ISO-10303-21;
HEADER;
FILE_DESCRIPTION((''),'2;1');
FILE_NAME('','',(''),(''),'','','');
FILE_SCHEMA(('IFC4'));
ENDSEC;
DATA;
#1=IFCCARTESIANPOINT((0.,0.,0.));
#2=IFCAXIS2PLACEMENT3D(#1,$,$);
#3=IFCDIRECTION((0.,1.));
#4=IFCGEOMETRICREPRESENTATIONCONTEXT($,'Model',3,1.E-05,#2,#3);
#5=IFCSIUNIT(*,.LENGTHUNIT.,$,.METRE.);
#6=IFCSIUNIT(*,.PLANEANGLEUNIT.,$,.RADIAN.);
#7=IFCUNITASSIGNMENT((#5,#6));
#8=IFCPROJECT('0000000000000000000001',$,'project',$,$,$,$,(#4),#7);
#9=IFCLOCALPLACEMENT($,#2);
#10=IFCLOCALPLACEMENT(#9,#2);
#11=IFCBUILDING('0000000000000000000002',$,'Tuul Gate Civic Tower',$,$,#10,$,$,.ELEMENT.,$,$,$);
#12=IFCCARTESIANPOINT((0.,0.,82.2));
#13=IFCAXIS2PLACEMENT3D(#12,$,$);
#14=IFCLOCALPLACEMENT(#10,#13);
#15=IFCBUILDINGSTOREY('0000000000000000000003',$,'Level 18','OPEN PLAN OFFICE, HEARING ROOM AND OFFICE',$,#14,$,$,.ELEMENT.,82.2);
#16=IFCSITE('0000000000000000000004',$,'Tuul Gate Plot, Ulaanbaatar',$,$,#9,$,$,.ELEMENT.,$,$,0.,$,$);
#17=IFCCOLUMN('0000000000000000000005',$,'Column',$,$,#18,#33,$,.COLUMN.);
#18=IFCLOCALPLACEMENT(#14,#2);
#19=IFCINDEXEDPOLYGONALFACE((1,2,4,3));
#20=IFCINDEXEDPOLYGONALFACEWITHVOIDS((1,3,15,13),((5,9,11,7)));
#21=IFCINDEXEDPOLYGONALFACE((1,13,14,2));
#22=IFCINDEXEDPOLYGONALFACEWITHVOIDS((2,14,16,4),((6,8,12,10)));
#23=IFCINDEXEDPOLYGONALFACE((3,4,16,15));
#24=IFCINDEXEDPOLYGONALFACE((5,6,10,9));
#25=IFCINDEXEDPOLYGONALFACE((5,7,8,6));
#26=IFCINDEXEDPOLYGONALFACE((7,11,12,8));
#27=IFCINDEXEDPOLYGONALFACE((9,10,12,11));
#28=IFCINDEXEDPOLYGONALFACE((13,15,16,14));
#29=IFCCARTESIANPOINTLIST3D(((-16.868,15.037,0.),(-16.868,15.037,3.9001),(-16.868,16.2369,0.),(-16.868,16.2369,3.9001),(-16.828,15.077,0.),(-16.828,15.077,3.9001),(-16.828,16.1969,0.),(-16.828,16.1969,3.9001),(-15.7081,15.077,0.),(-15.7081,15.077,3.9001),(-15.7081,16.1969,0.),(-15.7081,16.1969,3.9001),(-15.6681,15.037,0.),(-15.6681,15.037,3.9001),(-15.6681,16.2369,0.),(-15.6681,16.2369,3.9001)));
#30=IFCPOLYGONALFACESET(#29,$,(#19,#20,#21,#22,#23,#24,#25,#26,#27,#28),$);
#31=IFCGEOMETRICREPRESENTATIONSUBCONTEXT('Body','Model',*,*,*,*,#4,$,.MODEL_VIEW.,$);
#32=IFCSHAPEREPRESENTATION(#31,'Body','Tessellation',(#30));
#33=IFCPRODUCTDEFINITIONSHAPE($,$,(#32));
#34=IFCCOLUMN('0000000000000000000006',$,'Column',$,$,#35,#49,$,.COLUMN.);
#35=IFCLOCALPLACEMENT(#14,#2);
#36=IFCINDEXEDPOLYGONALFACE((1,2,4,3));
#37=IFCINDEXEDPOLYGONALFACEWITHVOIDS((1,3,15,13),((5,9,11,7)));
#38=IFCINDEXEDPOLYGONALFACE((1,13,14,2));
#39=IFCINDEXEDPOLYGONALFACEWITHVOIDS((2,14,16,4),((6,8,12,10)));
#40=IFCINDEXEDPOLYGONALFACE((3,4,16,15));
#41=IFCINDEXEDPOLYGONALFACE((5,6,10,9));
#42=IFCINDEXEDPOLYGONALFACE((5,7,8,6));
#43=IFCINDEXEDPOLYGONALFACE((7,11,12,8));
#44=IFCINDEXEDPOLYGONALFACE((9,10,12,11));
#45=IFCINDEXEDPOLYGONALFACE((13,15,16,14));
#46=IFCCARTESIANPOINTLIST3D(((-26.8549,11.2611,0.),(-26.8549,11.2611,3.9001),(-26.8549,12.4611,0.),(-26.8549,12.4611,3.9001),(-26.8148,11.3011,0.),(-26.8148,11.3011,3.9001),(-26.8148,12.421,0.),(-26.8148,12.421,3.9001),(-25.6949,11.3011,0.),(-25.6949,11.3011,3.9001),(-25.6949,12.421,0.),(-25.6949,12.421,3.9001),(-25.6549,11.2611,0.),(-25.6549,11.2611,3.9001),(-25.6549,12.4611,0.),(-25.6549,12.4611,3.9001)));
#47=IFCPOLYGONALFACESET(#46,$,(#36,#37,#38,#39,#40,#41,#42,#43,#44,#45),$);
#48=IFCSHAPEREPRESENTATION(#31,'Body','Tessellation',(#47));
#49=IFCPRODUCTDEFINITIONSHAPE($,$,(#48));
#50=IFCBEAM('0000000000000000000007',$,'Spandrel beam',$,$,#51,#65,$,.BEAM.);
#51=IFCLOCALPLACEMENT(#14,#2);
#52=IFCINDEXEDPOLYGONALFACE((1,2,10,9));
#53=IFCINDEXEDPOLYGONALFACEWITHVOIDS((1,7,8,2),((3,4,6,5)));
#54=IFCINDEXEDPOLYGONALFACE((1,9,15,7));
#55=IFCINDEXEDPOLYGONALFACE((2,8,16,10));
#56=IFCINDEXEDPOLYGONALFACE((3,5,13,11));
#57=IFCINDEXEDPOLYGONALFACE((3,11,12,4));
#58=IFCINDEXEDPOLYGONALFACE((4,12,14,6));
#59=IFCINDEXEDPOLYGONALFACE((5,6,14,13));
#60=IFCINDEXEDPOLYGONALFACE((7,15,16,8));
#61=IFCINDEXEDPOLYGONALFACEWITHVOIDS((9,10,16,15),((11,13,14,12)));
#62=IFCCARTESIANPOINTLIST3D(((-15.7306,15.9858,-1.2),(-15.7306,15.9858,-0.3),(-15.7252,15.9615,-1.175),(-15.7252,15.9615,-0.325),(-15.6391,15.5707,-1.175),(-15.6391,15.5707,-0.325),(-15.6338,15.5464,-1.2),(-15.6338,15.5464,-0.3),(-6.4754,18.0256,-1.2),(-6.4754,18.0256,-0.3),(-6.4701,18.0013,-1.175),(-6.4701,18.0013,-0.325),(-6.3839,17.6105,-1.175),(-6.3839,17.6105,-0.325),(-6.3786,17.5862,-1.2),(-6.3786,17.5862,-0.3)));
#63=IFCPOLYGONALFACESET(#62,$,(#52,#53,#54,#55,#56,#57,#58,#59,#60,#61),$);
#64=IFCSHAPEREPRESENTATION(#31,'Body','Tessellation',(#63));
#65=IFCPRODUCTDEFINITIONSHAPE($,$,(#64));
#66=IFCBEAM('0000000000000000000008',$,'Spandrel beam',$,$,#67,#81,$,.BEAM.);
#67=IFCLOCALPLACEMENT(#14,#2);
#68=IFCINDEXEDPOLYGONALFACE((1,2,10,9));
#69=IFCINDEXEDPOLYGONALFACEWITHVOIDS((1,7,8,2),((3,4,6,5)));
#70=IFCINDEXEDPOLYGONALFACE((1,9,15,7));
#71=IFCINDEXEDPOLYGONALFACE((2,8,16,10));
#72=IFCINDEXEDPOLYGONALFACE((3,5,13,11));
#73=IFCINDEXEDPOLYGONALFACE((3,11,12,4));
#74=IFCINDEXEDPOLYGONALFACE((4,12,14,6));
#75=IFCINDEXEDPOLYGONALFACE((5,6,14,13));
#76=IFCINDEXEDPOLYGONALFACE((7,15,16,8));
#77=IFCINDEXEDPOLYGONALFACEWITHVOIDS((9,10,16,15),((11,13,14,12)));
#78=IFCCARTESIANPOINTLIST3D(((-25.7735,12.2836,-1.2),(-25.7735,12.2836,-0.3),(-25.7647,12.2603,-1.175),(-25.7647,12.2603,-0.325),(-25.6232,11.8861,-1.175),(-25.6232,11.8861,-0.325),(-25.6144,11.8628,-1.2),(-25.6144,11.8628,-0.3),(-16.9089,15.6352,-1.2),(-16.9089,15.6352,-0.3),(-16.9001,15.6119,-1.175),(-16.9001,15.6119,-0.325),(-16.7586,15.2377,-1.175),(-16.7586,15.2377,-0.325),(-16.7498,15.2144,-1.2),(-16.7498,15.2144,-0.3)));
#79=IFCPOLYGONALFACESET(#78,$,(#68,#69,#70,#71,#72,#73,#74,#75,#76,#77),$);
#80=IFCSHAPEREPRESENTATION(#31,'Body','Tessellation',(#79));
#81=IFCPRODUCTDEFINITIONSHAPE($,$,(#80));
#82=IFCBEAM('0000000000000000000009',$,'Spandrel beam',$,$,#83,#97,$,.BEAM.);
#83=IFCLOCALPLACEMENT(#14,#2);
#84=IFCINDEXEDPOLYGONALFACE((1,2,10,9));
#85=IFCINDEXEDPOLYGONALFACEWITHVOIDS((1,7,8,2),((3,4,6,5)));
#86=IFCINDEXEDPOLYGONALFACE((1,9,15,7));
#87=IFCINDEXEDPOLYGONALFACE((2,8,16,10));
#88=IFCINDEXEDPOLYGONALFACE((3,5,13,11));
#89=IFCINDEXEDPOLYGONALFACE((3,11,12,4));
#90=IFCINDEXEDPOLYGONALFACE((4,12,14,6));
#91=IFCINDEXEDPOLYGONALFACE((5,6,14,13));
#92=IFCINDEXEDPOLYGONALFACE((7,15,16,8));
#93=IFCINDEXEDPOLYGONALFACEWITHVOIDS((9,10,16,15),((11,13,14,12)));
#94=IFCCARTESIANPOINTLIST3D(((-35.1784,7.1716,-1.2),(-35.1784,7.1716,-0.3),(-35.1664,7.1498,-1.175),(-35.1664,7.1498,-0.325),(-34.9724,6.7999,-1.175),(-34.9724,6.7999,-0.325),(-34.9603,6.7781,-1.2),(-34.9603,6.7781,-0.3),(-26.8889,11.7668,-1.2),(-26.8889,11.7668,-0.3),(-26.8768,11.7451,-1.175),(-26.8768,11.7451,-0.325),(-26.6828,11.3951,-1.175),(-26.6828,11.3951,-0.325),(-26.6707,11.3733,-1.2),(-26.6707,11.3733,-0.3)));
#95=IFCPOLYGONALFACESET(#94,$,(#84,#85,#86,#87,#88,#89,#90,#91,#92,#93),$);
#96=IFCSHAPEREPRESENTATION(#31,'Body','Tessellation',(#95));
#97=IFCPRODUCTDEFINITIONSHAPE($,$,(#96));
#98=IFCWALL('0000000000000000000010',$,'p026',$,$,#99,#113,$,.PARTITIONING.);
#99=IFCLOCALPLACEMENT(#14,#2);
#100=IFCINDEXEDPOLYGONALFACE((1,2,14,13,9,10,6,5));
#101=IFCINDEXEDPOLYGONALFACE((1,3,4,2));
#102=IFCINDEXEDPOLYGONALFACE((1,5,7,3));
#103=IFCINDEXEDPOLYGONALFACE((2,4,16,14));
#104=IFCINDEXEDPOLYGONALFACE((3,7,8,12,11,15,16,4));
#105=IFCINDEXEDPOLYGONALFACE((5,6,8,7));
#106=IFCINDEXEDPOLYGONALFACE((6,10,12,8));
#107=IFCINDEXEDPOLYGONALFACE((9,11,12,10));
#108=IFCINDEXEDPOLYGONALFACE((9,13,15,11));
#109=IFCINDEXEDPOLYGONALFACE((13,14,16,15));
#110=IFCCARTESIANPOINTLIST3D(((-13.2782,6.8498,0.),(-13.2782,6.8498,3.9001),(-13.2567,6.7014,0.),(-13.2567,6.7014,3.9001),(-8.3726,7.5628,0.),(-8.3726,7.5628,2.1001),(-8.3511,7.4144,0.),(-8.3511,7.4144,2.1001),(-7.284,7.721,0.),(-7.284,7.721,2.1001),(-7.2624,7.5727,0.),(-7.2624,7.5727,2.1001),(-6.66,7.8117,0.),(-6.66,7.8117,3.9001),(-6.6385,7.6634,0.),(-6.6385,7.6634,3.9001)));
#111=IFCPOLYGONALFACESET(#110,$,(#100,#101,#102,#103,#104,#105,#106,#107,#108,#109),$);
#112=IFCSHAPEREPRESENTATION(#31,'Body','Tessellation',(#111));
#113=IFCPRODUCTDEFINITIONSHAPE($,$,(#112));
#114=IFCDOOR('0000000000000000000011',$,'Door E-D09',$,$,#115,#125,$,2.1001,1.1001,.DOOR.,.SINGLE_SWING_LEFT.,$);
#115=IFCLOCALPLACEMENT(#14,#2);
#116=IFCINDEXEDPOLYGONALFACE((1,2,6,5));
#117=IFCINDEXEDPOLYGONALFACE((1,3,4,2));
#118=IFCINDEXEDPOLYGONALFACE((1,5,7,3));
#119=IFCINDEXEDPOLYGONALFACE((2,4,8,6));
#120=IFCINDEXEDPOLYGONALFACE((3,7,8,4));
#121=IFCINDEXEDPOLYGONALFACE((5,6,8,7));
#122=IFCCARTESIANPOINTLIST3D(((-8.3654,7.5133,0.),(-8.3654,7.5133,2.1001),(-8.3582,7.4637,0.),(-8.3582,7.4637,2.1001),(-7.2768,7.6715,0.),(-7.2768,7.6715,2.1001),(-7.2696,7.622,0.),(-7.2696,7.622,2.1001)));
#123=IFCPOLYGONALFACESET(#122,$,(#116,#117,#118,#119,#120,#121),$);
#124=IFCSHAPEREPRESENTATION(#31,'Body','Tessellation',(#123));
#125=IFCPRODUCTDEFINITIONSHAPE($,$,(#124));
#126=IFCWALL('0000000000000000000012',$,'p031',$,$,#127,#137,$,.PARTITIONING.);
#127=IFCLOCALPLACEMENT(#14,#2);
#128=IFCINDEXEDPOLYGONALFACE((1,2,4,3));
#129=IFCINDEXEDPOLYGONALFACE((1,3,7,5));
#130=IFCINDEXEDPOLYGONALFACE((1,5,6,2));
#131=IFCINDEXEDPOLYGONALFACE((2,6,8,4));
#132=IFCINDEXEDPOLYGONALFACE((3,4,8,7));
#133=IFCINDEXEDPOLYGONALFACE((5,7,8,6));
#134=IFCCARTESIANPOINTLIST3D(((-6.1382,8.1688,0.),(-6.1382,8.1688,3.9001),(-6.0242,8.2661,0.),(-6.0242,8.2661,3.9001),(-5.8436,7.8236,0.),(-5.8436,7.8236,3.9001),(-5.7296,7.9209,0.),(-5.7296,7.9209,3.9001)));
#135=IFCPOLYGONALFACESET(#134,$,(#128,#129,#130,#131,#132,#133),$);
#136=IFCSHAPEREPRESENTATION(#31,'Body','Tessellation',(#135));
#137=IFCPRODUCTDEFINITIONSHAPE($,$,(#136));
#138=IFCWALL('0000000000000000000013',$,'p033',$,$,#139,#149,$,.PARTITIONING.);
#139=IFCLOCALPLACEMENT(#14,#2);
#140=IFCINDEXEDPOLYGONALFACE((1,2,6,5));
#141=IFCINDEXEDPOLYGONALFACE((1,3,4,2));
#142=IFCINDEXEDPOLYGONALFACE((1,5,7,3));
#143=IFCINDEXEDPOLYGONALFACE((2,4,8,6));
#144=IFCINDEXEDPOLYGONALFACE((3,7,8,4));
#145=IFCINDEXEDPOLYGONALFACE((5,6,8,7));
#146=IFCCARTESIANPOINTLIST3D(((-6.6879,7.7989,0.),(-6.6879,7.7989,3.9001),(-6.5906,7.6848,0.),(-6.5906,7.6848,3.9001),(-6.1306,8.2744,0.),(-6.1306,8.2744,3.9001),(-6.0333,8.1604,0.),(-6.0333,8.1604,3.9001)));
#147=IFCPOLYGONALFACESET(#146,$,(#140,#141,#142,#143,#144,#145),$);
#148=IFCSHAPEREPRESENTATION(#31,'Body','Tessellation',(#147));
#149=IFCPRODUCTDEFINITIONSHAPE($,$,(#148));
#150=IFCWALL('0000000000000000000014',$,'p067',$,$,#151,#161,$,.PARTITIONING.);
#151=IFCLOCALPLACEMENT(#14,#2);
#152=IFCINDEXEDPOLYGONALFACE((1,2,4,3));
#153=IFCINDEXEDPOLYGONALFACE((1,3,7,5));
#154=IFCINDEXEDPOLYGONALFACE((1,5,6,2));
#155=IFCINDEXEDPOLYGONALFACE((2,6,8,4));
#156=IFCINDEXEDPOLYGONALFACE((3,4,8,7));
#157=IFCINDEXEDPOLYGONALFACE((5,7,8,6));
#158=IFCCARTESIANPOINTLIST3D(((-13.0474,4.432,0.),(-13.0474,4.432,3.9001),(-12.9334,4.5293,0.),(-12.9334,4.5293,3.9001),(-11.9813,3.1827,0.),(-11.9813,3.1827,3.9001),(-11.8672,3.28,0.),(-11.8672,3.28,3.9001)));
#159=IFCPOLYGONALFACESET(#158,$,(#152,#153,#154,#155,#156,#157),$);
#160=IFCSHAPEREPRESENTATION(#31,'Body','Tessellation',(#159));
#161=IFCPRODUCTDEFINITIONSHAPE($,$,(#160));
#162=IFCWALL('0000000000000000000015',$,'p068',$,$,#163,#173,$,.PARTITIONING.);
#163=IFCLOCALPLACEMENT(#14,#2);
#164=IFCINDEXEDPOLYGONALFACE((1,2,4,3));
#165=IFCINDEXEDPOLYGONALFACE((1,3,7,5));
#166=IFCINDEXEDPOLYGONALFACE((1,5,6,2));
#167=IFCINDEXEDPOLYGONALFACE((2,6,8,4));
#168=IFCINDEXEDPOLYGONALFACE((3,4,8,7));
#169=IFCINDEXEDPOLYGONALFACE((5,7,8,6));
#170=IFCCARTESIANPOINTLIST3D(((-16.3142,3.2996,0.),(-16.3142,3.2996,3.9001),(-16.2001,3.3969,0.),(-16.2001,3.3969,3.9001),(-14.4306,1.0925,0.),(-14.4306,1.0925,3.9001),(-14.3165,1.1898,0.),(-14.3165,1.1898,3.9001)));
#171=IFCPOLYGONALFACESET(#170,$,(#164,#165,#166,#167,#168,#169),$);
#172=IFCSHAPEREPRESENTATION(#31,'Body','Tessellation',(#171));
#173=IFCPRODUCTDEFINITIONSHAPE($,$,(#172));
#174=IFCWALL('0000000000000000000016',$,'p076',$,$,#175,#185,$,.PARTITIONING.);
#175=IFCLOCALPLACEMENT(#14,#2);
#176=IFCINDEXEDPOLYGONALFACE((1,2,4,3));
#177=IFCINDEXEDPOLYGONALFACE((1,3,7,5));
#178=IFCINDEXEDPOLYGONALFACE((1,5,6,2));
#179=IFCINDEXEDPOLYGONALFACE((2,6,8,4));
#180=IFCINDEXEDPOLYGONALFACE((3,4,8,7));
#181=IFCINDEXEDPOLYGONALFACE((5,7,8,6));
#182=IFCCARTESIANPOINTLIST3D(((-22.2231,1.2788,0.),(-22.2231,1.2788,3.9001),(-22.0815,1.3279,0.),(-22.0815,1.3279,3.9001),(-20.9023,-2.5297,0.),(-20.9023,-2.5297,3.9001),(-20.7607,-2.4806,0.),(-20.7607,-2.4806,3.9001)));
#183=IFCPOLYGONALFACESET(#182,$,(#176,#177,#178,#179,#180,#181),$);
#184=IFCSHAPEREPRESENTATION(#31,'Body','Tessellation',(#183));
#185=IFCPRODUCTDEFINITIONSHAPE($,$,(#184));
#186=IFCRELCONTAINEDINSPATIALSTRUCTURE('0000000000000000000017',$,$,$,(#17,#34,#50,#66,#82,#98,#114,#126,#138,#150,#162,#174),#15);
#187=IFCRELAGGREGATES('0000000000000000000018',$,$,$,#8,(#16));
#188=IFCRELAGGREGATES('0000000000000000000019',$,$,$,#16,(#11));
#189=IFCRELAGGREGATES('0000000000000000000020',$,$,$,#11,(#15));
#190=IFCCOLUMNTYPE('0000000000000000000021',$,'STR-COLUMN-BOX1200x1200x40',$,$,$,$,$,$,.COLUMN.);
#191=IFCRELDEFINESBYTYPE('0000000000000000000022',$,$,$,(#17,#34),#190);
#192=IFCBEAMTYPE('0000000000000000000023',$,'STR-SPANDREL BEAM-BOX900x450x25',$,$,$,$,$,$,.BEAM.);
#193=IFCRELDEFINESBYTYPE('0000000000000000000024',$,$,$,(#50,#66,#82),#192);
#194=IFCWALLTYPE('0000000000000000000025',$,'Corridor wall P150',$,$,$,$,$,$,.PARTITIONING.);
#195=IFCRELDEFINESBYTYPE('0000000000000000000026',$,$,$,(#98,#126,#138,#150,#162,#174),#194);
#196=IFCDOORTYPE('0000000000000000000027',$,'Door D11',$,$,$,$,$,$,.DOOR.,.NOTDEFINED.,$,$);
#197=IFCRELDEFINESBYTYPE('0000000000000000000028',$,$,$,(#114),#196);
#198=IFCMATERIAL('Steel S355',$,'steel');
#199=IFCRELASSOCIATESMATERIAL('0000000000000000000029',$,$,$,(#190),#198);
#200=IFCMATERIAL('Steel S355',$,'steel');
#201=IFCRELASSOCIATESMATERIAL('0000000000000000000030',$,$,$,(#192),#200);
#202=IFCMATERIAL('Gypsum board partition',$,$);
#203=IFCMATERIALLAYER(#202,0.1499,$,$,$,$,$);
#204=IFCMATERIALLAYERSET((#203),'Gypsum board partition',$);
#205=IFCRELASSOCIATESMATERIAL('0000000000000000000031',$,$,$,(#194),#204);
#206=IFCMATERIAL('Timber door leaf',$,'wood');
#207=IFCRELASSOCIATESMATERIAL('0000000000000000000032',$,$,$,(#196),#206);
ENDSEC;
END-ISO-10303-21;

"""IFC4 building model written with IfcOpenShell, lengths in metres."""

from ifc_helpers import new_model, si_unit, direction, frame, frame_2d, origin, origin_2d, place, context, subcontext, project, spatial, rectangle, hollow_rectangle, extrude, material, layer, layer_set, material_profile, profile_set, type_object, element, fill, save


model = new_model("IFC4")

# Units and contexts
model_context = context("Model", 3, precision=1e-05, world=origin(), true_north=direction((0.0, 1.0)))
body_context = subcontext(model_context, "Body", "Model", "MODEL_VIEW")
ifc_project = project(units=[si_unit("LENGTHUNIT", "METRE"), si_unit("PLANEANGLEUNIT", "RADIAN")], contexts=[model_context])

# Site, building, storey
site_placement = place(None, origin())
site = spatial("IfcSite", under=ifc_project, at=site_placement, Name="Tuul Gate Plot, Ulaanbaatar", CompositionType="ELEMENT", RefElevation=0.0)
building_placement = place(site_placement, origin())
building = spatial("IfcBuilding", under=site, at=building_placement, Name="Tuul Gate Civic Tower", CompositionType="ELEMENT")
storey_placement = place(building_placement, frame((0.0, 0.0, 82.2)))
storey = spatial("IfcBuildingStorey", under=building, at=storey_placement, Name="Level 18", Description="OPEN PLAN OFFICE, HEARING ROOM AND OFFICE", CompositionType="ELEMENT", Elevation=82.2)

# Columns
ifc_material_1 = material(Name="Steel S355", Category="steel")
ifc_material_profile_1 = material_profile(ifc_material_1, hollow_rectangle(XDim=1.2, YDim=1.2, WallThickness=0.04, at=origin_2d()), Name="BOX1200x1200x40")
ifc_profile_set_1 = profile_set([ifc_material_profile_1], Name="Steel S355")
column_type = type_object("IfcColumnType", Name="STR-COLUMN-BOX1200x1200x40", PredefinedType="COLUMN", material=ifc_profile_set_1)
for number, where, z_axis, x_axis, name in (
    (1, (-16.2681, 15.637, 0.0), (0.0, 0.0, 1.0), (1.0, 0.0, 0.0), "Column"),
    (2, (-26.2549, 11.8611, 0.0), (0.0, 0.0, 1.0), (1.0, 0.0, 0.0), "Column"),
):
    element("IfcColumn", number, at=place(storey_placement, frame(where, z_axis=z_axis, x_axis=x_axis)), inside=storey, type_object=column_type, Name=name, PredefinedType="COLUMN", context=body_context, shape_type="SweptSolid", body=[
        extrude(hollow_rectangle(XDim=1.2, YDim=1.2, WallThickness=0.04, at=origin_2d()), origin(), (0.0, 0.0, 1.0), 3.9001),
    ])

# Beams
ifc_material_2 = material(Name="Steel S355", Category="steel")
ifc_material_profile_2 = material_profile(ifc_material_2, hollow_rectangle(XDim=0.45, YDim=0.8999, WallThickness=0.0249, at=origin_2d()), Name="BOX900x450x25")
ifc_profile_set_2 = profile_set([ifc_material_profile_2], Name="Steel S355")
beam_type = type_object("IfcBeamType", Name="STR-SPANDREL BEAM-BOX900x450x25", PredefinedType="BEAM", material=ifc_profile_set_2)
beam_1_placement = place(storey_placement, frame((-6.427, 17.8059, -0.75), z_axis=(-0.976563, -0.215231, 0.0), x_axis=(0.215231, -0.976563, 0.0)))
element("IfcBeam", 3, at=beam_1_placement, inside=storey, type_object=beam_type, Name="Spandrel beam", PredefinedType="BEAM", context=body_context, shape_type="SweptSolid", body=[
    extrude(hollow_rectangle(XDim=0.45, YDim=0.8999, WallThickness=0.0249, at=origin_2d()), origin(), (0.0, 0.0, 1.0), 9.4773),
])
beam_2_placement = place(storey_placement, frame((-16.8293, 15.4248, -0.75), z_axis=(-0.935376, -0.353655, 0.0), x_axis=(0.353655, -0.935376, 0.0)))
element("IfcBeam", 4, at=beam_2_placement, inside=storey, type_object=beam_type, Name="Spandrel beam", PredefinedType="BEAM", context=body_context, shape_type="SweptSolid", body=[
    extrude(hollow_rectangle(XDim=0.45, YDim=0.8999, WallThickness=0.0249, at=origin_2d()), origin(), (0.0, 0.0, 1.0), 9.4771),
])
beam_3_placement = place(storey_placement, frame((-26.7798, 11.5701, -0.75), z_axis=(-0.874609, -0.484829, 0.0), x_axis=(0.484829, -0.874609, 0.0)))
element("IfcBeam", 5, at=beam_3_placement, inside=storey, type_object=beam_type, Name="Spandrel beam", PredefinedType="BEAM", context=body_context, shape_type="SweptSolid", body=[
    extrude(hollow_rectangle(XDim=0.45, YDim=0.8999, WallThickness=0.0249, at=origin_2d()), origin(), (0.0, 0.0, 1.0), 9.478),
])

# Wall, opening, door
ifc_material_3 = material(Name="Gypsum board partition")
ifc_layer_1 = layer(ifc_material_3, 0.1499)
ifc_layer_set_1 = layer_set([ifc_layer_1], Name="Gypsum board partition")
wall_type_1 = type_object("IfcWallType", Name="Corridor wall P150", PredefinedType="PARTITIONING", material=ifc_layer_set_1)
wall_1_placement = place(storey_placement, frame((-13.2673, 6.7756, 0.0), z_axis=(0.0, 0.0, 1.0), x_axis=(0.989602, 0.143833, 0.0)))
wall_1 = element("IfcWall", 6, at=wall_1_placement, inside=storey, type_object=wall_type_1, Name="p026", PredefinedType="PARTITIONING", context=body_context, shape_type="SweptSolid", body=[
    extrude(rectangle(XDim=6.6877, YDim=0.1499, at=frame_2d((3.3438, 0.0))), origin(), (0.0, 0.0, 1.0), 3.9001),
])
opening_1_placement = place(wall_1_placement, frame((4.957, 0.0, 0.0)))
opening_1 = element("IfcOpeningElement", 7, at=opening_1_placement, cuts=wall_1, PredefinedType="OPENING", context=body_context, shape_type="SweptSolid", body=[
    extrude(rectangle(XDim=1.1001, YDim=2.1001, at=frame_2d((0.55, 1.05))), frame((0.0, 0.085, 0.0), z_axis=(0.0, -1.0, 0.0), x_axis=(1.0, 0.0, 0.0)), (0.0, 0.0, 1.0), 0.1699),
])
ifc_material_4 = material(Name="Timber door leaf", Category="wood")
door_type = type_object("IfcDoorType", Name="Door D11", OperationType="NOTDEFINED", PredefinedType="DOOR", material=ifc_material_4)
door_1_placement = place(opening_1_placement, origin())
door_1 = element("IfcDoor", 8, at=door_1_placement, inside=storey, type_object=door_type, Name="Door E-D09", OperationType="SINGLE_SWING_LEFT", OverallHeight=2.1001, OverallWidth=1.1001, PredefinedType="DOOR", context=body_context, shape_type="SweptSolid", body=[
    extrude(rectangle(XDim=1.1001, YDim=2.1001, at=frame_2d((0.55, 1.05))), frame((0.0, 0.0249, 0.0), z_axis=(0.0, -1.0, 0.0), x_axis=(1.0, 0.0, 0.0)), (0.0, 0.0, 1.0), 0.05),
])
fill(opening_1, door_1)

# Walls
wall_2_placement = place(storey_placement, frame((-6.0813, 8.2175, 0.0), z_axis=(0.0, 0.0, 1.0), x_axis=(0.64924, -0.760584, 0.0)))
element("IfcWall", 9, at=wall_2_placement, inside=storey, type_object=wall_type_1, Name="p031", PredefinedType="PARTITIONING", context=body_context, shape_type="SweptSolid", body=[
    extrude(rectangle(XDim=0.4539, YDim=0.1499, at=frame_2d((0.2271, 0.0))), origin(), (0.0, 0.0, 1.0), 3.9001),
])
wall_3_placement = place(storey_placement, frame((-6.6392, 7.7419, 0.0), z_axis=(0.0, 0.0, 1.0), x_axis=(0.760713, 0.649088, 0.0)))
element("IfcWall", 10, at=wall_3_placement, inside=storey, type_object=wall_type_1, Name="p033", PredefinedType="PARTITIONING", context=body_context, shape_type="SweptSolid", body=[
    extrude(rectangle(XDim=0.7327, YDim=0.1499, at=frame_2d((0.3662, 0.0))), origin(), (0.0, 0.0, 1.0), 3.9001),
])
wall_4_placement = place(storey_placement, frame((-12.9905, 4.4807, 0.0), z_axis=(0.0, 0.0, 1.0), x_axis=(0.649162, -0.76065, 0.0)))
element("IfcWall", 11, at=wall_4_placement, inside=storey, type_object=wall_type_1, Name="p067", PredefinedType="PARTITIONING", context=body_context, shape_type="SweptSolid", body=[
    extrude(rectangle(XDim=1.6423, YDim=0.1499, at=frame_2d((0.8213, 0.0))), origin(), (0.0, 0.0, 1.0), 3.9001),
])
wall_5_placement = place(storey_placement, frame((-16.2571, 3.3481, 0.0), z_axis=(0.0, 0.0, 1.0), x_axis=(0.649161, -0.760651, 0.0)))
element("IfcWall", 12, at=wall_5_placement, inside=storey, type_object=wall_type_1, Name="p068", PredefinedType="PARTITIONING", context=body_context, shape_type="SweptSolid", body=[
    extrude(rectangle(XDim=2.9016, YDim=0.1499, at=frame_2d((1.4507, 0.0))), origin(), (0.0, 0.0, 1.0), 3.9001),
])
wall_6_placement = place(storey_placement, frame((-22.1523, 1.3035, 0.0), z_axis=(0.0, 0.0, 1.0), x_axis=(0.32767, -0.944792, 0.0)))
element("IfcWall", 13, at=wall_6_placement, inside=storey, type_object=wall_type_1, Name="p076", PredefinedType="PARTITIONING", context=body_context, shape_type="SweptSolid", body=[
    extrude(rectangle(XDim=4.031, YDim=0.1499, at=frame_2d((2.0156, 0.0))), origin(), (0.0, 0.0, 1.0), 3.9001),
])

save(model, "model.ifc")
